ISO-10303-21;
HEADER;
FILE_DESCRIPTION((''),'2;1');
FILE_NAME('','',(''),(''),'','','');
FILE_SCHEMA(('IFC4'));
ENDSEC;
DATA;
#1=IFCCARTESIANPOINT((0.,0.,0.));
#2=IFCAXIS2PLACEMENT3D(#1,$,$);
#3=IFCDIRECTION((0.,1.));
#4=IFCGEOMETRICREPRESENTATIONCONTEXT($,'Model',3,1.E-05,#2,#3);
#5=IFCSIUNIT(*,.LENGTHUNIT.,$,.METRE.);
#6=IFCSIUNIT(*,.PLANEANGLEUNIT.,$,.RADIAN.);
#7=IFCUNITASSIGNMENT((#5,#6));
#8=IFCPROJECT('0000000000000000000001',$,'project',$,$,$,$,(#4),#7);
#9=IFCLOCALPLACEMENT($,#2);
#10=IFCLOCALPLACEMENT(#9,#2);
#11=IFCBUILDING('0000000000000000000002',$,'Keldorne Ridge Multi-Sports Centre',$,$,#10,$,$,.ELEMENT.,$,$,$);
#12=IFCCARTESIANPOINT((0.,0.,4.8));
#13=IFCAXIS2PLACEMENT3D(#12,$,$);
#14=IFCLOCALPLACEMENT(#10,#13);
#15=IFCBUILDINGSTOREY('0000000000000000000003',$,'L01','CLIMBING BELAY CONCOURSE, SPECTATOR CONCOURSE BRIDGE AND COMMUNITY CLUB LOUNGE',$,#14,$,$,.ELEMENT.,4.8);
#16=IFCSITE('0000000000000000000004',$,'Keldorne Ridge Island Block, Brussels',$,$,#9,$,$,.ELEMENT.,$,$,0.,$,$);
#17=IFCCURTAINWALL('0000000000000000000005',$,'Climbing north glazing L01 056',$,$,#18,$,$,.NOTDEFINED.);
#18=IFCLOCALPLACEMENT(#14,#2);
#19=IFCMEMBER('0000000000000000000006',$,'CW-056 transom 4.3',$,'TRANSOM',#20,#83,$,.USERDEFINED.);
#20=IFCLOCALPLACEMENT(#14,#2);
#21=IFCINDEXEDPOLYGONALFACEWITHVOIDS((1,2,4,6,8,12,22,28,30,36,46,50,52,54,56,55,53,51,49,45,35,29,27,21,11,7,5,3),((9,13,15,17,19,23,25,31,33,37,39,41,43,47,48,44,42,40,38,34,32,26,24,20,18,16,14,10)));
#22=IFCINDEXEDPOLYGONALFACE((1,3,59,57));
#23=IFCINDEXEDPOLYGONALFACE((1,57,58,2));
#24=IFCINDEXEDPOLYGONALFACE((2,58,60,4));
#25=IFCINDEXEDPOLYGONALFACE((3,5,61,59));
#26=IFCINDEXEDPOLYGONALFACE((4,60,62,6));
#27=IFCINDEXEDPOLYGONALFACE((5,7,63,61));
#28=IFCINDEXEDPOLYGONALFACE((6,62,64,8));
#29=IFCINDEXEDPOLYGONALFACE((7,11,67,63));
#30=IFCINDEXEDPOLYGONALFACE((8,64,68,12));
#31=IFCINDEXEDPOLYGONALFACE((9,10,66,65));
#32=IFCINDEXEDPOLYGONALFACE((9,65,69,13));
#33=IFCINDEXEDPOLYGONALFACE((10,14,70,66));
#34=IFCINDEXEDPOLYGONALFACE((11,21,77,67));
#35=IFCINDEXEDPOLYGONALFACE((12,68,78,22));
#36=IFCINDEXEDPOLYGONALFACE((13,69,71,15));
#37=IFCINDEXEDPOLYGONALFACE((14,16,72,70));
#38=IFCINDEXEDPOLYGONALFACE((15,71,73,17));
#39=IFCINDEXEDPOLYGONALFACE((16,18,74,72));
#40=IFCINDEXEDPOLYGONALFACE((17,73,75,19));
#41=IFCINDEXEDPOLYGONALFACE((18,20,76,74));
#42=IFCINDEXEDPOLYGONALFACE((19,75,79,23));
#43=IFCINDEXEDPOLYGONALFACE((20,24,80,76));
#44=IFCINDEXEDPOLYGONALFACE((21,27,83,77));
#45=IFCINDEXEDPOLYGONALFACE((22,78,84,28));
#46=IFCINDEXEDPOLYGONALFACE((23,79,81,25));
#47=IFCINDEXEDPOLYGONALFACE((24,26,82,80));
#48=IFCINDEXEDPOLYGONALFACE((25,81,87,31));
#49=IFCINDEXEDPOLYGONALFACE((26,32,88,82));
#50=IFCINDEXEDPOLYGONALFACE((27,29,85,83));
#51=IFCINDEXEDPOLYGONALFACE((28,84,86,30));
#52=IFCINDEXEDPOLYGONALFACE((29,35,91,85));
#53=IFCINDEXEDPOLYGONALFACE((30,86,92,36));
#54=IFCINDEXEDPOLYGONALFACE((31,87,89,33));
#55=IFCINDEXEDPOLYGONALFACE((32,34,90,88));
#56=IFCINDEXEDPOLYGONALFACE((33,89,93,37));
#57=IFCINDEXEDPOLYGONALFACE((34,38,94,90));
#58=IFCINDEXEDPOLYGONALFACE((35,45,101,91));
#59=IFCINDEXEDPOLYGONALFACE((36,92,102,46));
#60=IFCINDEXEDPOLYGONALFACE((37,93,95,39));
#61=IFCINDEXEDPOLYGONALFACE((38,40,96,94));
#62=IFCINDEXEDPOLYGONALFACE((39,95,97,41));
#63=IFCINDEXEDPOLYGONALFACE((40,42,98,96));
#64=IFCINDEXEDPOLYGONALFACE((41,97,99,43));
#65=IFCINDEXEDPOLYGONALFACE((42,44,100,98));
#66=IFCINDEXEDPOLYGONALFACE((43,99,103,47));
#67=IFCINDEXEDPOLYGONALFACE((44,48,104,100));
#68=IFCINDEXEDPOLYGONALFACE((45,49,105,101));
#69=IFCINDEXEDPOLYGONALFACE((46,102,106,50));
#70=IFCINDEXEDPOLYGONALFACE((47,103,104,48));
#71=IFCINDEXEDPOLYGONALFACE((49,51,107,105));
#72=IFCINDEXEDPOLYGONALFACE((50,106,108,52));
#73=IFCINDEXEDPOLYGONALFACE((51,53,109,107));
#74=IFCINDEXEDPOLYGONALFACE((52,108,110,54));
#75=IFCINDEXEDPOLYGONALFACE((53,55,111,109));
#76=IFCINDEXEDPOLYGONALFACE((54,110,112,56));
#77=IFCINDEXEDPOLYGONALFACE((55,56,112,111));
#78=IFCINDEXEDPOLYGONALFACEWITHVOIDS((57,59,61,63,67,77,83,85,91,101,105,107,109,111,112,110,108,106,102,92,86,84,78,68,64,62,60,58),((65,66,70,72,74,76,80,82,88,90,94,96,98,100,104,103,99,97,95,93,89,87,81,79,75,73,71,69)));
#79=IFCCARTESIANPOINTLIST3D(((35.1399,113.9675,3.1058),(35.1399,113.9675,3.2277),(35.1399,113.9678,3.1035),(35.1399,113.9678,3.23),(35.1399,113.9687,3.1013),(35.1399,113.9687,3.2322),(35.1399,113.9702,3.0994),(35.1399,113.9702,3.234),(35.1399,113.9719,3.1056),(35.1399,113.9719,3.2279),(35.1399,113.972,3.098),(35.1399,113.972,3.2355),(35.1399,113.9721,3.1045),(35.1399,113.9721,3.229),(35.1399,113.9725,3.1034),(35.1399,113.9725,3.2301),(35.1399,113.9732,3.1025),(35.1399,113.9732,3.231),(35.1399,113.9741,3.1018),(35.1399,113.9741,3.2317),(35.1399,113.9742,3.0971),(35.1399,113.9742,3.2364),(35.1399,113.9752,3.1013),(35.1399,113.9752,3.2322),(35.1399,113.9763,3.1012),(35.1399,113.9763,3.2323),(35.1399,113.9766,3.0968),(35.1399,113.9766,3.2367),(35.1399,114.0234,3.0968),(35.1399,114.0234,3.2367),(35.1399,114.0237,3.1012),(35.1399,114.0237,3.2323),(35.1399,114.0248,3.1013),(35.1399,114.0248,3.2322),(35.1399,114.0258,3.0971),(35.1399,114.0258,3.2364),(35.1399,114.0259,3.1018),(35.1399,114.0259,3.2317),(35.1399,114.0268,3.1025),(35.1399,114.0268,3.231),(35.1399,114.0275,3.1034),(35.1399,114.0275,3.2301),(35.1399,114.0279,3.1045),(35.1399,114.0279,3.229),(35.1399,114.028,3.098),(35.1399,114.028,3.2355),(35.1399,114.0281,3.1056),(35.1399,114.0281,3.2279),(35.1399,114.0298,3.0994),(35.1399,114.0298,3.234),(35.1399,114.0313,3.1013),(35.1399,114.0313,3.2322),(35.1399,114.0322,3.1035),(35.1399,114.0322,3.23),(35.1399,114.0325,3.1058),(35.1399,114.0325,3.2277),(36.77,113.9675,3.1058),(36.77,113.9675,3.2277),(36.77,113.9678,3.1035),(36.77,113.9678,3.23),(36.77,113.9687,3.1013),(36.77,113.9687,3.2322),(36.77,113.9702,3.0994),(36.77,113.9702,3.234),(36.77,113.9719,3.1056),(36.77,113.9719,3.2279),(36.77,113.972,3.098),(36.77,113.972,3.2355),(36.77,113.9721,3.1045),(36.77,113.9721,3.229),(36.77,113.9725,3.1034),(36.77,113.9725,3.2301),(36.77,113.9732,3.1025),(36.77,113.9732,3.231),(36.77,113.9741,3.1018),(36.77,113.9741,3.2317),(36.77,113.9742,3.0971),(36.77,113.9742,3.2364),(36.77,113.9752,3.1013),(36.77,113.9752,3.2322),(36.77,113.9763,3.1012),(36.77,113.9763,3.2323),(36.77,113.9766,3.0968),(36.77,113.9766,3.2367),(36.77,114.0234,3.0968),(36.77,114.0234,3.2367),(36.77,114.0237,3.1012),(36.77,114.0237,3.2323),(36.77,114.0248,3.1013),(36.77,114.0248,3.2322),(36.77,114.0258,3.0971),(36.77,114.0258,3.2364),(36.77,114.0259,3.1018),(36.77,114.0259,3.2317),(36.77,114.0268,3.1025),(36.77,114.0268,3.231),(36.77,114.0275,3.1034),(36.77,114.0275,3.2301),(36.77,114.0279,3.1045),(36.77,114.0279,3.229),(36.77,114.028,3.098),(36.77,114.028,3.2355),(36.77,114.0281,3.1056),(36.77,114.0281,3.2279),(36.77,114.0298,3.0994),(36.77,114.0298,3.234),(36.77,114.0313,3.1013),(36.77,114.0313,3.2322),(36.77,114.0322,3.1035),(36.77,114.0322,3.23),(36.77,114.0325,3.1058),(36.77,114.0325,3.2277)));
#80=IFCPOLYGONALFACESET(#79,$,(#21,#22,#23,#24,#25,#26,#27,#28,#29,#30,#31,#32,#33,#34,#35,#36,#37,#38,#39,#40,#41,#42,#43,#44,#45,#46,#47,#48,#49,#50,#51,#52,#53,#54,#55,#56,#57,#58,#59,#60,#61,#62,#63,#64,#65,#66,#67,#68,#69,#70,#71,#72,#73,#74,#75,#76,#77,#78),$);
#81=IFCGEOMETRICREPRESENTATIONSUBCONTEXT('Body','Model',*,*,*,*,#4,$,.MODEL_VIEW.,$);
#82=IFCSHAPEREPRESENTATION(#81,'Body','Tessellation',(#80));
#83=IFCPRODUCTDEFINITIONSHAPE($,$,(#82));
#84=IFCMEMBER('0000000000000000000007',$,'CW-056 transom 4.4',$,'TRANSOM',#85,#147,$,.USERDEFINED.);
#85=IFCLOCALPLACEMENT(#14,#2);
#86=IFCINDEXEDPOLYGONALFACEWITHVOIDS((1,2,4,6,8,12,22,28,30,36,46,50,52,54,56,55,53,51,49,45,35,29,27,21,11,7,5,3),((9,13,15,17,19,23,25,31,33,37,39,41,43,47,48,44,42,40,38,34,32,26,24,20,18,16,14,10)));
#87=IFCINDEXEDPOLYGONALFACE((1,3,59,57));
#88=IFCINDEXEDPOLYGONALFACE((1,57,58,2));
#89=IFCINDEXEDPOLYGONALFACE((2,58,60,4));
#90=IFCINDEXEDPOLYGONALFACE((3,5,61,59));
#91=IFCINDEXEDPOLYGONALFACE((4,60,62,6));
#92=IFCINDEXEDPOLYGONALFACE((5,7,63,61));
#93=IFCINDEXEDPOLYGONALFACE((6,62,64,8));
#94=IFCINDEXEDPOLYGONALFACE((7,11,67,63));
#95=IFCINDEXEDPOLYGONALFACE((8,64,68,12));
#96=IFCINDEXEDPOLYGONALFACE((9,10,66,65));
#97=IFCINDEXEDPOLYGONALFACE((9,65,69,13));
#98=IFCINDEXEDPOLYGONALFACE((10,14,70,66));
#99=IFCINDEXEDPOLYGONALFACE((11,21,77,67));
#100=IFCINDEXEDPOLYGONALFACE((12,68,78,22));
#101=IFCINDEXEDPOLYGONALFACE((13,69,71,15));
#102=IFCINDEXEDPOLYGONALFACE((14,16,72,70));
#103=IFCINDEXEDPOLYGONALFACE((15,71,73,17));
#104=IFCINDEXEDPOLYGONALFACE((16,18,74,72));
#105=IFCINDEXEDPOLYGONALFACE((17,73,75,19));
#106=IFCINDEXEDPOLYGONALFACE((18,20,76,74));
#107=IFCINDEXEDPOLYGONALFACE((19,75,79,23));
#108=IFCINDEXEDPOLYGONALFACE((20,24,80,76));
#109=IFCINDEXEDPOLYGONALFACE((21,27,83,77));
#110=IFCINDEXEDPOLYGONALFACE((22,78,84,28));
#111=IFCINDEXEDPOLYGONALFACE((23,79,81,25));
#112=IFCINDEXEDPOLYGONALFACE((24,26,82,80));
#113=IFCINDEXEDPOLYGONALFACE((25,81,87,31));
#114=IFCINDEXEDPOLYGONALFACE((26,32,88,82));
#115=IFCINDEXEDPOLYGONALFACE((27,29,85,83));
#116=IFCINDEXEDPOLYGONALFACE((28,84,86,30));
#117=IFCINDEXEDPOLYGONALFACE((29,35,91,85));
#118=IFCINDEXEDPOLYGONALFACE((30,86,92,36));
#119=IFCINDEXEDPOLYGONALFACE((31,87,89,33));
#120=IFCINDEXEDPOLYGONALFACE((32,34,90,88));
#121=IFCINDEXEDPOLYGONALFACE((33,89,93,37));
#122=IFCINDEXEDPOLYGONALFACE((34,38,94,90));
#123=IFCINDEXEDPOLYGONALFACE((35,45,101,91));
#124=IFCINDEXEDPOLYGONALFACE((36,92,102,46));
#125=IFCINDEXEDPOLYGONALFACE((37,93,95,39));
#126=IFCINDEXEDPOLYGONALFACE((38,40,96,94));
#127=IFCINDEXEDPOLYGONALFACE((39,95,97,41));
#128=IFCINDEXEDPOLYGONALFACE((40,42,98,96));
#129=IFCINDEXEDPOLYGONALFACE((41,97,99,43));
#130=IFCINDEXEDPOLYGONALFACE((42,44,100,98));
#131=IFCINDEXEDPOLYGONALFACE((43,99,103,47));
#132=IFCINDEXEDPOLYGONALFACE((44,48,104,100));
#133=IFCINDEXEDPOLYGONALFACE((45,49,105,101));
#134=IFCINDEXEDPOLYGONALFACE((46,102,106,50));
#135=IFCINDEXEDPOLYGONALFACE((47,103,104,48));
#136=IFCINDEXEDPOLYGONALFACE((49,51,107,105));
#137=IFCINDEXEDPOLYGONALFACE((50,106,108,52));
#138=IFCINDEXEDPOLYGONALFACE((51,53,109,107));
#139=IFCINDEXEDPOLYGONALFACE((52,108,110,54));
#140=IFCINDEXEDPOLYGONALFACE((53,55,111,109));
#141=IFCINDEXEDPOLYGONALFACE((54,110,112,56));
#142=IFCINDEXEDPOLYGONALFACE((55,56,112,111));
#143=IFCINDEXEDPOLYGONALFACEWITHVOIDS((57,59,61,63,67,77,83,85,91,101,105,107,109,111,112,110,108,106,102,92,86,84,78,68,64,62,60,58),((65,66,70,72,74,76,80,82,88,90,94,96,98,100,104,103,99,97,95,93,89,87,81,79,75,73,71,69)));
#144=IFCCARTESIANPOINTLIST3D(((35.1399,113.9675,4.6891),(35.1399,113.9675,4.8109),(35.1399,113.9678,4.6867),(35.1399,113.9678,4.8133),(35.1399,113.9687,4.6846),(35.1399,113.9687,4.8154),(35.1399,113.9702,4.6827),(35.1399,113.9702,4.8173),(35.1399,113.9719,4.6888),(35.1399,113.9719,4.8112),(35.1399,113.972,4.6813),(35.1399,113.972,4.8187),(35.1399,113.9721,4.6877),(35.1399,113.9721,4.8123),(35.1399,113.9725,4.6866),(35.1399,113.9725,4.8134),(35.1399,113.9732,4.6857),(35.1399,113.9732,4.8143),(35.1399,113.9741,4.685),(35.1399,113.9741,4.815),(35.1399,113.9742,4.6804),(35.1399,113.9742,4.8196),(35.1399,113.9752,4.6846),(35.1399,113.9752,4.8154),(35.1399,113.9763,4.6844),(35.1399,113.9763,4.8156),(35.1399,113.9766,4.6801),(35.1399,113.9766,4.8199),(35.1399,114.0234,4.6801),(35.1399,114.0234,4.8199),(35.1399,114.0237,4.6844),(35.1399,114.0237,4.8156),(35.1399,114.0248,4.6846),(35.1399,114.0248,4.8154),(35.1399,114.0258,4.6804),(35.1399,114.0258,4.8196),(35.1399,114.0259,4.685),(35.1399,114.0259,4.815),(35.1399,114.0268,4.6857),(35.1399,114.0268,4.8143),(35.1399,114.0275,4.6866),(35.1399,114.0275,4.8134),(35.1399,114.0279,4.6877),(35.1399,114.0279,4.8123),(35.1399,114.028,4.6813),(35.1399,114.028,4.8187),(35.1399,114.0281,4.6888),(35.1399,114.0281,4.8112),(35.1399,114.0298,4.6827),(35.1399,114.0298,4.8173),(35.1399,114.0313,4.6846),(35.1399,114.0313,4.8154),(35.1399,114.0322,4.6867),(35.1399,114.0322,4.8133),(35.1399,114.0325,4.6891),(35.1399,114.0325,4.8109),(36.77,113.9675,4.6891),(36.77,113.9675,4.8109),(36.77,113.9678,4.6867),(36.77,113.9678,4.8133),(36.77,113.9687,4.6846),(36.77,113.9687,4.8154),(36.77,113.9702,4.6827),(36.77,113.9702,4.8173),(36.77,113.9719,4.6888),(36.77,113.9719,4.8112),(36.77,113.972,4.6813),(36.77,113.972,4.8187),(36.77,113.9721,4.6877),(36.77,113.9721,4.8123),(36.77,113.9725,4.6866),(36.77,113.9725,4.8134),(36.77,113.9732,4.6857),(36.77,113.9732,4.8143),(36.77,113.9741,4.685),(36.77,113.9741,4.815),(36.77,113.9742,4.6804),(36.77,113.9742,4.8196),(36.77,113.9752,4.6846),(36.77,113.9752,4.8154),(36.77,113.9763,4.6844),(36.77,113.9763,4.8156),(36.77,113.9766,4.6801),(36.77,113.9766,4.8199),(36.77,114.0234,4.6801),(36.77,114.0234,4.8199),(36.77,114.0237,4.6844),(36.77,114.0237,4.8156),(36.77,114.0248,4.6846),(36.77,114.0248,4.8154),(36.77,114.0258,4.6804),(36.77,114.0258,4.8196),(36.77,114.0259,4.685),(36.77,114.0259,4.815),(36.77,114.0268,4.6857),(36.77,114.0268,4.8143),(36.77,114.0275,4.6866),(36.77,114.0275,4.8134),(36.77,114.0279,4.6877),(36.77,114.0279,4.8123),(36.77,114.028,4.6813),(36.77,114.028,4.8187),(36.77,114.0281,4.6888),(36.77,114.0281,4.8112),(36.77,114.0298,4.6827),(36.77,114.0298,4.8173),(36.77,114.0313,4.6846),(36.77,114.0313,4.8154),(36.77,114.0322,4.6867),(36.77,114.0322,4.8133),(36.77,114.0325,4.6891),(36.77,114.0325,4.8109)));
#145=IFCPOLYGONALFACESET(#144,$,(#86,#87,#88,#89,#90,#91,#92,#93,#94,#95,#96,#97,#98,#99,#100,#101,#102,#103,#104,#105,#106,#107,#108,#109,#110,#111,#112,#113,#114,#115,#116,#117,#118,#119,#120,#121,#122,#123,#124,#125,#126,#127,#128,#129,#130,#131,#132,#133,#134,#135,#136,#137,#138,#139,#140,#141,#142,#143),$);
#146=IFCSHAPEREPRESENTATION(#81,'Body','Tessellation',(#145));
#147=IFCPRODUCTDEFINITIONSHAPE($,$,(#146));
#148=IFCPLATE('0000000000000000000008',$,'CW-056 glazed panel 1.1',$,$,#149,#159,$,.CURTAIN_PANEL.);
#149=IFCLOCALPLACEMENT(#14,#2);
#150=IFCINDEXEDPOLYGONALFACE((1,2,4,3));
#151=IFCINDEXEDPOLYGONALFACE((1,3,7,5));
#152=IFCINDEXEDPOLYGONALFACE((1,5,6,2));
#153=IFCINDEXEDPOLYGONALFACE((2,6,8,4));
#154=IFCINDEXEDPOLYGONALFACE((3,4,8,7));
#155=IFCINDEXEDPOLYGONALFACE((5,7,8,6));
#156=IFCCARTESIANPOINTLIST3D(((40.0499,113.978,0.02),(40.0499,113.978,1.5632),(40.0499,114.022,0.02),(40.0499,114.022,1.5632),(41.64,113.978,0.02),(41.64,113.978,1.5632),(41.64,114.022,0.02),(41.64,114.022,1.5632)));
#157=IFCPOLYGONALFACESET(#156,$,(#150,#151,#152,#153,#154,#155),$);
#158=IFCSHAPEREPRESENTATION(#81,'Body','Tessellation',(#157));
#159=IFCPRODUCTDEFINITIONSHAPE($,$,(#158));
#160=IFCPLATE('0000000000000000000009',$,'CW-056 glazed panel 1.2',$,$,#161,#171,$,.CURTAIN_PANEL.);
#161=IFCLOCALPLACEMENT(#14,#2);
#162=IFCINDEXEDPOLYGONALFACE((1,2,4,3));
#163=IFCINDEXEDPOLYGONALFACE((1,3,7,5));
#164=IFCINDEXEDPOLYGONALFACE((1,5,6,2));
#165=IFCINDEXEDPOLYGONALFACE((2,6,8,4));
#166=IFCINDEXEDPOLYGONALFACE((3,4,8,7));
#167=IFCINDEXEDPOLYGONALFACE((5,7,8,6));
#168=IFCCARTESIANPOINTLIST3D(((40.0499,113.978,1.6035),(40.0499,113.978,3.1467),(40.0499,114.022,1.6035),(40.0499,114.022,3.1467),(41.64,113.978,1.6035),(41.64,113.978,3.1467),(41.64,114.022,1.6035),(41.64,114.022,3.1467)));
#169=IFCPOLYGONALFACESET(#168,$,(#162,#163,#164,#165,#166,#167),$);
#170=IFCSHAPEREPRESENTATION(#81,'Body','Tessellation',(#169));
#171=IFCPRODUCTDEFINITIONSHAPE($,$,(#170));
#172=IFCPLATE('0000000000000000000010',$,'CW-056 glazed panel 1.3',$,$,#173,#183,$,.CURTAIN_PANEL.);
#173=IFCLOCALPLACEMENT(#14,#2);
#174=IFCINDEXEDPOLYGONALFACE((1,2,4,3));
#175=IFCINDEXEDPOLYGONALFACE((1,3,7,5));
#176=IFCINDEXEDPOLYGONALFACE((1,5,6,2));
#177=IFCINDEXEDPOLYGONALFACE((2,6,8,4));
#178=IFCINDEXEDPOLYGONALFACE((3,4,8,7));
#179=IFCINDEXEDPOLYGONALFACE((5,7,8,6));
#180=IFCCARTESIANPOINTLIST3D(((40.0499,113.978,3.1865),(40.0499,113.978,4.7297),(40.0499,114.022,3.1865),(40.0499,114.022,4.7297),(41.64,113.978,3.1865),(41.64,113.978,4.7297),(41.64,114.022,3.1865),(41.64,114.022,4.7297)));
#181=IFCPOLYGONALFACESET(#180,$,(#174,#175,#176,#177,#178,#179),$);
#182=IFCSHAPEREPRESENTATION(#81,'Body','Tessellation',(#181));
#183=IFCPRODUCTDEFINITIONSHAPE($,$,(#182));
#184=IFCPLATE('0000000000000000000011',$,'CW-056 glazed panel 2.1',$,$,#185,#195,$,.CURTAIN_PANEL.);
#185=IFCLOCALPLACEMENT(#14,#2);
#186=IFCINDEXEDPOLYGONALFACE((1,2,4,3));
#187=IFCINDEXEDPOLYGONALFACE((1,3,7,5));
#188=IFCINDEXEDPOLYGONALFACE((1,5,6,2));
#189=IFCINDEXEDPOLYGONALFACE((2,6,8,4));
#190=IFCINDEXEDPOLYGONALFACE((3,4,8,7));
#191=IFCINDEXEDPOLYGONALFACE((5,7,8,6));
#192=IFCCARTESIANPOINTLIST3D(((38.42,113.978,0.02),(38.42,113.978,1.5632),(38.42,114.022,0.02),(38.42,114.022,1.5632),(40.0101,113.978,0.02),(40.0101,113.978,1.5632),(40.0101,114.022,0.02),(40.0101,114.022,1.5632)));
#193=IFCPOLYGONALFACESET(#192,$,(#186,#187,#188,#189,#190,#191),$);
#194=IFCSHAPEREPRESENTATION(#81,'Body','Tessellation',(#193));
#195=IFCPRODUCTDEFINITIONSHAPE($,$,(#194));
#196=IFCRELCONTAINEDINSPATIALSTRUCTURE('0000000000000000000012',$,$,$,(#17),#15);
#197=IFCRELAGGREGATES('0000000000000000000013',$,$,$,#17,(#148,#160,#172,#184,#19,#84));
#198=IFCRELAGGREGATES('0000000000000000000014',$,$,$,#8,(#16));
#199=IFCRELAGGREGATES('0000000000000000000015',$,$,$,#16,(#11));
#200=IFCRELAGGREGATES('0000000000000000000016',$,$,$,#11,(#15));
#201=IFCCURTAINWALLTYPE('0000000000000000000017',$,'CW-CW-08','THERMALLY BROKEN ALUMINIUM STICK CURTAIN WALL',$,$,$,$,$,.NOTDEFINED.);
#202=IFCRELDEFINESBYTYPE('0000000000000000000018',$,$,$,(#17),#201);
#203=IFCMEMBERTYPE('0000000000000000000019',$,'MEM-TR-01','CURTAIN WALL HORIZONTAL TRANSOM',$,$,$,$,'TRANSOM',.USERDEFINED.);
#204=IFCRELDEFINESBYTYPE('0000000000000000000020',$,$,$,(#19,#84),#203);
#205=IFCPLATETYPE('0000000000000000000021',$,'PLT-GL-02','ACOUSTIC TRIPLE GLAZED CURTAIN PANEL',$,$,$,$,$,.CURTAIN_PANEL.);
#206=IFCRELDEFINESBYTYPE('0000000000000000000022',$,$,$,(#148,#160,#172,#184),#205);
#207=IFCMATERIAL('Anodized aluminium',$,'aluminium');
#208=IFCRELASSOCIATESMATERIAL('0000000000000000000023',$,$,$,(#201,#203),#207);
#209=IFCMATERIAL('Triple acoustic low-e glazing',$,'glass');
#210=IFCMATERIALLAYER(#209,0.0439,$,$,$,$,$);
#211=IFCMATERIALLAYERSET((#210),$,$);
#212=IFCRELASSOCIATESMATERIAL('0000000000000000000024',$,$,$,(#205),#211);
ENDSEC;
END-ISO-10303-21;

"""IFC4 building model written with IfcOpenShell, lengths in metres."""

from ifc_helpers import new_model, si_unit, direction, frame, origin, origin_2d, place, context, subcontext, project, spatial, rectangle, hollow_rectangle, extrude, material, layer, layer_set, material_profile, profile_set, type_object, element, aggregate, save


model = new_model("IFC4")

# Units and contexts
model_context = context("Model", 3, precision=1e-05, world=origin(), true_north=direction((0.0, 1.0)))
body_context = subcontext(model_context, "Body", "Model", "MODEL_VIEW")
ifc_project = project(units=[si_unit("LENGTHUNIT", "METRE"), si_unit("PLANEANGLEUNIT", "RADIAN")], contexts=[model_context])

# Site, building, storey
site_placement = place(None, origin())
site = spatial("IfcSite", under=ifc_project, at=site_placement, Name="Keldorne Ridge Island Block, Brussels", CompositionType="ELEMENT", RefElevation=0.0)
building_placement = place(site_placement, origin())
building = spatial("IfcBuilding", under=site, at=building_placement, Name="Keldorne Ridge Multi-Sports Centre", CompositionType="ELEMENT")
storey_placement = place(building_placement, frame((0.0, 0.0, 4.8)))
storey = spatial("IfcBuildingStorey", under=building, at=storey_placement, Name="L01", Description="CLIMBING BELAY CONCOURSE, SPECTATOR CONCOURSE BRIDGE AND COMMUNITY CLUB LOUNGE", CompositionType="ELEMENT", Elevation=4.8)

# Curtain wall, members, plates
ifc_material_1 = material(Name="Anodized aluminium", Category="aluminium")
curtain_wall_type = type_object("IfcCurtainWallType", Name="CW-CW-08", Description="THERMALLY BROKEN ALUMINIUM STICK CURTAIN WALL", PredefinedType="NOTDEFINED", material=ifc_material_1)
curtain_wall_placement = place(storey_placement, origin())
curtain_wall = element("IfcCurtainWall", 1, at=curtain_wall_placement, inside=storey, type_object=curtain_wall_type, Name="Climbing north glazing L01 056", PredefinedType="NOTDEFINED")
ifc_material_profile_1 = material_profile(ifc_material_1, hollow_rectangle(XDim=0.0649, YDim=0.1399, WallThickness=0.0044, InnerFilletRadius=0.0044, OuterFilletRadius=0.009, at=origin_2d()), Name="ALU TRANSOM 140x65x4.5")
ifc_profile_set_1 = profile_set([ifc_material_profile_1], Name="Anodized aluminium")
member_type_1 = type_object("IfcMemberType", Name="MEM-TR-01", Description="CURTAIN WALL HORIZONTAL TRANSOM", ElementType="TRANSOM", PredefinedType="USERDEFINED", material=ifc_profile_set_1)
member_1_placement = place(storey_placement, frame((36.77, 114.0, 3.1667), z_axis=(-1.0, 0.0, 0.0), x_axis=(0.0, -1.0, 0.0)))
member_1 = element("IfcMember", 2, at=member_1_placement, type_object=member_type_1, Name="CW-056 transom 4.3", ObjectType="TRANSOM", PredefinedType="USERDEFINED", context=body_context, shape_type="SweptSolid", body=[
    extrude(hollow_rectangle(XDim=0.0649, YDim=0.1399, WallThickness=0.0044, InnerFilletRadius=0.0044, OuterFilletRadius=0.009, at=origin_2d()), origin(), (0.0, 0.0, 1.0), 1.6301),
])
member_2_placement = place(storey_placement, frame((36.77, 114.0, 4.75), z_axis=(-1.0, 0.0, 0.0), x_axis=(0.0, -1.0, 0.0)))
member_2 = element("IfcMember", 3, at=member_2_placement, type_object=member_type_1, Name="CW-056 transom 4.4", ObjectType="TRANSOM", PredefinedType="USERDEFINED", context=body_context, shape_type="SweptSolid", body=[
    extrude(hollow_rectangle(XDim=0.0649, YDim=0.1399, WallThickness=0.0044, InnerFilletRadius=0.0044, OuterFilletRadius=0.009, at=origin_2d()), origin(), (0.0, 0.0, 1.0), 1.6301),
])
ifc_material_2 = material(Name="Triple acoustic low-e glazing", Category="glass")
ifc_layer = layer(ifc_material_2, 0.0439)
ifc_layer_set = layer_set([ifc_layer])
plate_type = type_object("IfcPlateType", Name="PLT-GL-02", Description="ACOUSTIC TRIPLE GLAZED CURTAIN PANEL", PredefinedType="CURTAIN_PANEL", material=ifc_layer_set)
plate_1_placement = place(storey_placement, frame((40.845, 114.0, 0.02), z_axis=(0.0, 0.0, 1.0), x_axis=(-1.0, 0.0, 0.0)))
plate_1 = element("IfcPlate", 4, at=plate_1_placement, type_object=plate_type, Name="CW-056 glazed panel 1.1", PredefinedType="CURTAIN_PANEL", context=body_context, shape_type="SweptSolid", body=[
    extrude(rectangle(XDim=1.5901, YDim=0.0439, at=origin_2d()), origin(), (0.0, 0.0, 1.0), 1.5432),
])
plate_2_placement = place(storey_placement, frame((40.845, 114.0, 1.6035), z_axis=(0.0, 0.0, 1.0), x_axis=(-1.0, 0.0, 0.0)))
plate_2 = element("IfcPlate", 5, at=plate_2_placement, type_object=plate_type, Name="CW-056 glazed panel 1.2", PredefinedType="CURTAIN_PANEL", context=body_context, shape_type="SweptSolid", body=[
    extrude(rectangle(XDim=1.5901, YDim=0.0439, at=origin_2d()), origin(), (0.0, 0.0, 1.0), 1.5432),
])
plate_3_placement = place(storey_placement, frame((40.845, 114.0, 3.1865), z_axis=(0.0, 0.0, 1.0), x_axis=(-1.0, 0.0, 0.0)))
plate_3 = element("IfcPlate", 6, at=plate_3_placement, type_object=plate_type, Name="CW-056 glazed panel 1.3", PredefinedType="CURTAIN_PANEL", context=body_context, shape_type="SweptSolid", body=[
    extrude(rectangle(XDim=1.5901, YDim=0.0439, at=origin_2d()), origin(), (0.0, 0.0, 1.0), 1.5432),
])
plate_4_placement = place(storey_placement, frame((39.2151, 114.0, 0.02), z_axis=(0.0, 0.0, 1.0), x_axis=(-1.0, 0.0, 0.0)))
plate_4 = element("IfcPlate", 7, at=plate_4_placement, type_object=plate_type, Name="CW-056 glazed panel 2.1", PredefinedType="CURTAIN_PANEL", context=body_context, shape_type="SweptSolid", body=[
    extrude(rectangle(XDim=1.5901, YDim=0.0439, at=origin_2d()), origin(), (0.0, 0.0, 1.0), 1.5432),
])
aggregate(curtain_wall, [plate_1, plate_2, plate_3, plate_4, member_1, member_2])

save(model, "model.ifc")
